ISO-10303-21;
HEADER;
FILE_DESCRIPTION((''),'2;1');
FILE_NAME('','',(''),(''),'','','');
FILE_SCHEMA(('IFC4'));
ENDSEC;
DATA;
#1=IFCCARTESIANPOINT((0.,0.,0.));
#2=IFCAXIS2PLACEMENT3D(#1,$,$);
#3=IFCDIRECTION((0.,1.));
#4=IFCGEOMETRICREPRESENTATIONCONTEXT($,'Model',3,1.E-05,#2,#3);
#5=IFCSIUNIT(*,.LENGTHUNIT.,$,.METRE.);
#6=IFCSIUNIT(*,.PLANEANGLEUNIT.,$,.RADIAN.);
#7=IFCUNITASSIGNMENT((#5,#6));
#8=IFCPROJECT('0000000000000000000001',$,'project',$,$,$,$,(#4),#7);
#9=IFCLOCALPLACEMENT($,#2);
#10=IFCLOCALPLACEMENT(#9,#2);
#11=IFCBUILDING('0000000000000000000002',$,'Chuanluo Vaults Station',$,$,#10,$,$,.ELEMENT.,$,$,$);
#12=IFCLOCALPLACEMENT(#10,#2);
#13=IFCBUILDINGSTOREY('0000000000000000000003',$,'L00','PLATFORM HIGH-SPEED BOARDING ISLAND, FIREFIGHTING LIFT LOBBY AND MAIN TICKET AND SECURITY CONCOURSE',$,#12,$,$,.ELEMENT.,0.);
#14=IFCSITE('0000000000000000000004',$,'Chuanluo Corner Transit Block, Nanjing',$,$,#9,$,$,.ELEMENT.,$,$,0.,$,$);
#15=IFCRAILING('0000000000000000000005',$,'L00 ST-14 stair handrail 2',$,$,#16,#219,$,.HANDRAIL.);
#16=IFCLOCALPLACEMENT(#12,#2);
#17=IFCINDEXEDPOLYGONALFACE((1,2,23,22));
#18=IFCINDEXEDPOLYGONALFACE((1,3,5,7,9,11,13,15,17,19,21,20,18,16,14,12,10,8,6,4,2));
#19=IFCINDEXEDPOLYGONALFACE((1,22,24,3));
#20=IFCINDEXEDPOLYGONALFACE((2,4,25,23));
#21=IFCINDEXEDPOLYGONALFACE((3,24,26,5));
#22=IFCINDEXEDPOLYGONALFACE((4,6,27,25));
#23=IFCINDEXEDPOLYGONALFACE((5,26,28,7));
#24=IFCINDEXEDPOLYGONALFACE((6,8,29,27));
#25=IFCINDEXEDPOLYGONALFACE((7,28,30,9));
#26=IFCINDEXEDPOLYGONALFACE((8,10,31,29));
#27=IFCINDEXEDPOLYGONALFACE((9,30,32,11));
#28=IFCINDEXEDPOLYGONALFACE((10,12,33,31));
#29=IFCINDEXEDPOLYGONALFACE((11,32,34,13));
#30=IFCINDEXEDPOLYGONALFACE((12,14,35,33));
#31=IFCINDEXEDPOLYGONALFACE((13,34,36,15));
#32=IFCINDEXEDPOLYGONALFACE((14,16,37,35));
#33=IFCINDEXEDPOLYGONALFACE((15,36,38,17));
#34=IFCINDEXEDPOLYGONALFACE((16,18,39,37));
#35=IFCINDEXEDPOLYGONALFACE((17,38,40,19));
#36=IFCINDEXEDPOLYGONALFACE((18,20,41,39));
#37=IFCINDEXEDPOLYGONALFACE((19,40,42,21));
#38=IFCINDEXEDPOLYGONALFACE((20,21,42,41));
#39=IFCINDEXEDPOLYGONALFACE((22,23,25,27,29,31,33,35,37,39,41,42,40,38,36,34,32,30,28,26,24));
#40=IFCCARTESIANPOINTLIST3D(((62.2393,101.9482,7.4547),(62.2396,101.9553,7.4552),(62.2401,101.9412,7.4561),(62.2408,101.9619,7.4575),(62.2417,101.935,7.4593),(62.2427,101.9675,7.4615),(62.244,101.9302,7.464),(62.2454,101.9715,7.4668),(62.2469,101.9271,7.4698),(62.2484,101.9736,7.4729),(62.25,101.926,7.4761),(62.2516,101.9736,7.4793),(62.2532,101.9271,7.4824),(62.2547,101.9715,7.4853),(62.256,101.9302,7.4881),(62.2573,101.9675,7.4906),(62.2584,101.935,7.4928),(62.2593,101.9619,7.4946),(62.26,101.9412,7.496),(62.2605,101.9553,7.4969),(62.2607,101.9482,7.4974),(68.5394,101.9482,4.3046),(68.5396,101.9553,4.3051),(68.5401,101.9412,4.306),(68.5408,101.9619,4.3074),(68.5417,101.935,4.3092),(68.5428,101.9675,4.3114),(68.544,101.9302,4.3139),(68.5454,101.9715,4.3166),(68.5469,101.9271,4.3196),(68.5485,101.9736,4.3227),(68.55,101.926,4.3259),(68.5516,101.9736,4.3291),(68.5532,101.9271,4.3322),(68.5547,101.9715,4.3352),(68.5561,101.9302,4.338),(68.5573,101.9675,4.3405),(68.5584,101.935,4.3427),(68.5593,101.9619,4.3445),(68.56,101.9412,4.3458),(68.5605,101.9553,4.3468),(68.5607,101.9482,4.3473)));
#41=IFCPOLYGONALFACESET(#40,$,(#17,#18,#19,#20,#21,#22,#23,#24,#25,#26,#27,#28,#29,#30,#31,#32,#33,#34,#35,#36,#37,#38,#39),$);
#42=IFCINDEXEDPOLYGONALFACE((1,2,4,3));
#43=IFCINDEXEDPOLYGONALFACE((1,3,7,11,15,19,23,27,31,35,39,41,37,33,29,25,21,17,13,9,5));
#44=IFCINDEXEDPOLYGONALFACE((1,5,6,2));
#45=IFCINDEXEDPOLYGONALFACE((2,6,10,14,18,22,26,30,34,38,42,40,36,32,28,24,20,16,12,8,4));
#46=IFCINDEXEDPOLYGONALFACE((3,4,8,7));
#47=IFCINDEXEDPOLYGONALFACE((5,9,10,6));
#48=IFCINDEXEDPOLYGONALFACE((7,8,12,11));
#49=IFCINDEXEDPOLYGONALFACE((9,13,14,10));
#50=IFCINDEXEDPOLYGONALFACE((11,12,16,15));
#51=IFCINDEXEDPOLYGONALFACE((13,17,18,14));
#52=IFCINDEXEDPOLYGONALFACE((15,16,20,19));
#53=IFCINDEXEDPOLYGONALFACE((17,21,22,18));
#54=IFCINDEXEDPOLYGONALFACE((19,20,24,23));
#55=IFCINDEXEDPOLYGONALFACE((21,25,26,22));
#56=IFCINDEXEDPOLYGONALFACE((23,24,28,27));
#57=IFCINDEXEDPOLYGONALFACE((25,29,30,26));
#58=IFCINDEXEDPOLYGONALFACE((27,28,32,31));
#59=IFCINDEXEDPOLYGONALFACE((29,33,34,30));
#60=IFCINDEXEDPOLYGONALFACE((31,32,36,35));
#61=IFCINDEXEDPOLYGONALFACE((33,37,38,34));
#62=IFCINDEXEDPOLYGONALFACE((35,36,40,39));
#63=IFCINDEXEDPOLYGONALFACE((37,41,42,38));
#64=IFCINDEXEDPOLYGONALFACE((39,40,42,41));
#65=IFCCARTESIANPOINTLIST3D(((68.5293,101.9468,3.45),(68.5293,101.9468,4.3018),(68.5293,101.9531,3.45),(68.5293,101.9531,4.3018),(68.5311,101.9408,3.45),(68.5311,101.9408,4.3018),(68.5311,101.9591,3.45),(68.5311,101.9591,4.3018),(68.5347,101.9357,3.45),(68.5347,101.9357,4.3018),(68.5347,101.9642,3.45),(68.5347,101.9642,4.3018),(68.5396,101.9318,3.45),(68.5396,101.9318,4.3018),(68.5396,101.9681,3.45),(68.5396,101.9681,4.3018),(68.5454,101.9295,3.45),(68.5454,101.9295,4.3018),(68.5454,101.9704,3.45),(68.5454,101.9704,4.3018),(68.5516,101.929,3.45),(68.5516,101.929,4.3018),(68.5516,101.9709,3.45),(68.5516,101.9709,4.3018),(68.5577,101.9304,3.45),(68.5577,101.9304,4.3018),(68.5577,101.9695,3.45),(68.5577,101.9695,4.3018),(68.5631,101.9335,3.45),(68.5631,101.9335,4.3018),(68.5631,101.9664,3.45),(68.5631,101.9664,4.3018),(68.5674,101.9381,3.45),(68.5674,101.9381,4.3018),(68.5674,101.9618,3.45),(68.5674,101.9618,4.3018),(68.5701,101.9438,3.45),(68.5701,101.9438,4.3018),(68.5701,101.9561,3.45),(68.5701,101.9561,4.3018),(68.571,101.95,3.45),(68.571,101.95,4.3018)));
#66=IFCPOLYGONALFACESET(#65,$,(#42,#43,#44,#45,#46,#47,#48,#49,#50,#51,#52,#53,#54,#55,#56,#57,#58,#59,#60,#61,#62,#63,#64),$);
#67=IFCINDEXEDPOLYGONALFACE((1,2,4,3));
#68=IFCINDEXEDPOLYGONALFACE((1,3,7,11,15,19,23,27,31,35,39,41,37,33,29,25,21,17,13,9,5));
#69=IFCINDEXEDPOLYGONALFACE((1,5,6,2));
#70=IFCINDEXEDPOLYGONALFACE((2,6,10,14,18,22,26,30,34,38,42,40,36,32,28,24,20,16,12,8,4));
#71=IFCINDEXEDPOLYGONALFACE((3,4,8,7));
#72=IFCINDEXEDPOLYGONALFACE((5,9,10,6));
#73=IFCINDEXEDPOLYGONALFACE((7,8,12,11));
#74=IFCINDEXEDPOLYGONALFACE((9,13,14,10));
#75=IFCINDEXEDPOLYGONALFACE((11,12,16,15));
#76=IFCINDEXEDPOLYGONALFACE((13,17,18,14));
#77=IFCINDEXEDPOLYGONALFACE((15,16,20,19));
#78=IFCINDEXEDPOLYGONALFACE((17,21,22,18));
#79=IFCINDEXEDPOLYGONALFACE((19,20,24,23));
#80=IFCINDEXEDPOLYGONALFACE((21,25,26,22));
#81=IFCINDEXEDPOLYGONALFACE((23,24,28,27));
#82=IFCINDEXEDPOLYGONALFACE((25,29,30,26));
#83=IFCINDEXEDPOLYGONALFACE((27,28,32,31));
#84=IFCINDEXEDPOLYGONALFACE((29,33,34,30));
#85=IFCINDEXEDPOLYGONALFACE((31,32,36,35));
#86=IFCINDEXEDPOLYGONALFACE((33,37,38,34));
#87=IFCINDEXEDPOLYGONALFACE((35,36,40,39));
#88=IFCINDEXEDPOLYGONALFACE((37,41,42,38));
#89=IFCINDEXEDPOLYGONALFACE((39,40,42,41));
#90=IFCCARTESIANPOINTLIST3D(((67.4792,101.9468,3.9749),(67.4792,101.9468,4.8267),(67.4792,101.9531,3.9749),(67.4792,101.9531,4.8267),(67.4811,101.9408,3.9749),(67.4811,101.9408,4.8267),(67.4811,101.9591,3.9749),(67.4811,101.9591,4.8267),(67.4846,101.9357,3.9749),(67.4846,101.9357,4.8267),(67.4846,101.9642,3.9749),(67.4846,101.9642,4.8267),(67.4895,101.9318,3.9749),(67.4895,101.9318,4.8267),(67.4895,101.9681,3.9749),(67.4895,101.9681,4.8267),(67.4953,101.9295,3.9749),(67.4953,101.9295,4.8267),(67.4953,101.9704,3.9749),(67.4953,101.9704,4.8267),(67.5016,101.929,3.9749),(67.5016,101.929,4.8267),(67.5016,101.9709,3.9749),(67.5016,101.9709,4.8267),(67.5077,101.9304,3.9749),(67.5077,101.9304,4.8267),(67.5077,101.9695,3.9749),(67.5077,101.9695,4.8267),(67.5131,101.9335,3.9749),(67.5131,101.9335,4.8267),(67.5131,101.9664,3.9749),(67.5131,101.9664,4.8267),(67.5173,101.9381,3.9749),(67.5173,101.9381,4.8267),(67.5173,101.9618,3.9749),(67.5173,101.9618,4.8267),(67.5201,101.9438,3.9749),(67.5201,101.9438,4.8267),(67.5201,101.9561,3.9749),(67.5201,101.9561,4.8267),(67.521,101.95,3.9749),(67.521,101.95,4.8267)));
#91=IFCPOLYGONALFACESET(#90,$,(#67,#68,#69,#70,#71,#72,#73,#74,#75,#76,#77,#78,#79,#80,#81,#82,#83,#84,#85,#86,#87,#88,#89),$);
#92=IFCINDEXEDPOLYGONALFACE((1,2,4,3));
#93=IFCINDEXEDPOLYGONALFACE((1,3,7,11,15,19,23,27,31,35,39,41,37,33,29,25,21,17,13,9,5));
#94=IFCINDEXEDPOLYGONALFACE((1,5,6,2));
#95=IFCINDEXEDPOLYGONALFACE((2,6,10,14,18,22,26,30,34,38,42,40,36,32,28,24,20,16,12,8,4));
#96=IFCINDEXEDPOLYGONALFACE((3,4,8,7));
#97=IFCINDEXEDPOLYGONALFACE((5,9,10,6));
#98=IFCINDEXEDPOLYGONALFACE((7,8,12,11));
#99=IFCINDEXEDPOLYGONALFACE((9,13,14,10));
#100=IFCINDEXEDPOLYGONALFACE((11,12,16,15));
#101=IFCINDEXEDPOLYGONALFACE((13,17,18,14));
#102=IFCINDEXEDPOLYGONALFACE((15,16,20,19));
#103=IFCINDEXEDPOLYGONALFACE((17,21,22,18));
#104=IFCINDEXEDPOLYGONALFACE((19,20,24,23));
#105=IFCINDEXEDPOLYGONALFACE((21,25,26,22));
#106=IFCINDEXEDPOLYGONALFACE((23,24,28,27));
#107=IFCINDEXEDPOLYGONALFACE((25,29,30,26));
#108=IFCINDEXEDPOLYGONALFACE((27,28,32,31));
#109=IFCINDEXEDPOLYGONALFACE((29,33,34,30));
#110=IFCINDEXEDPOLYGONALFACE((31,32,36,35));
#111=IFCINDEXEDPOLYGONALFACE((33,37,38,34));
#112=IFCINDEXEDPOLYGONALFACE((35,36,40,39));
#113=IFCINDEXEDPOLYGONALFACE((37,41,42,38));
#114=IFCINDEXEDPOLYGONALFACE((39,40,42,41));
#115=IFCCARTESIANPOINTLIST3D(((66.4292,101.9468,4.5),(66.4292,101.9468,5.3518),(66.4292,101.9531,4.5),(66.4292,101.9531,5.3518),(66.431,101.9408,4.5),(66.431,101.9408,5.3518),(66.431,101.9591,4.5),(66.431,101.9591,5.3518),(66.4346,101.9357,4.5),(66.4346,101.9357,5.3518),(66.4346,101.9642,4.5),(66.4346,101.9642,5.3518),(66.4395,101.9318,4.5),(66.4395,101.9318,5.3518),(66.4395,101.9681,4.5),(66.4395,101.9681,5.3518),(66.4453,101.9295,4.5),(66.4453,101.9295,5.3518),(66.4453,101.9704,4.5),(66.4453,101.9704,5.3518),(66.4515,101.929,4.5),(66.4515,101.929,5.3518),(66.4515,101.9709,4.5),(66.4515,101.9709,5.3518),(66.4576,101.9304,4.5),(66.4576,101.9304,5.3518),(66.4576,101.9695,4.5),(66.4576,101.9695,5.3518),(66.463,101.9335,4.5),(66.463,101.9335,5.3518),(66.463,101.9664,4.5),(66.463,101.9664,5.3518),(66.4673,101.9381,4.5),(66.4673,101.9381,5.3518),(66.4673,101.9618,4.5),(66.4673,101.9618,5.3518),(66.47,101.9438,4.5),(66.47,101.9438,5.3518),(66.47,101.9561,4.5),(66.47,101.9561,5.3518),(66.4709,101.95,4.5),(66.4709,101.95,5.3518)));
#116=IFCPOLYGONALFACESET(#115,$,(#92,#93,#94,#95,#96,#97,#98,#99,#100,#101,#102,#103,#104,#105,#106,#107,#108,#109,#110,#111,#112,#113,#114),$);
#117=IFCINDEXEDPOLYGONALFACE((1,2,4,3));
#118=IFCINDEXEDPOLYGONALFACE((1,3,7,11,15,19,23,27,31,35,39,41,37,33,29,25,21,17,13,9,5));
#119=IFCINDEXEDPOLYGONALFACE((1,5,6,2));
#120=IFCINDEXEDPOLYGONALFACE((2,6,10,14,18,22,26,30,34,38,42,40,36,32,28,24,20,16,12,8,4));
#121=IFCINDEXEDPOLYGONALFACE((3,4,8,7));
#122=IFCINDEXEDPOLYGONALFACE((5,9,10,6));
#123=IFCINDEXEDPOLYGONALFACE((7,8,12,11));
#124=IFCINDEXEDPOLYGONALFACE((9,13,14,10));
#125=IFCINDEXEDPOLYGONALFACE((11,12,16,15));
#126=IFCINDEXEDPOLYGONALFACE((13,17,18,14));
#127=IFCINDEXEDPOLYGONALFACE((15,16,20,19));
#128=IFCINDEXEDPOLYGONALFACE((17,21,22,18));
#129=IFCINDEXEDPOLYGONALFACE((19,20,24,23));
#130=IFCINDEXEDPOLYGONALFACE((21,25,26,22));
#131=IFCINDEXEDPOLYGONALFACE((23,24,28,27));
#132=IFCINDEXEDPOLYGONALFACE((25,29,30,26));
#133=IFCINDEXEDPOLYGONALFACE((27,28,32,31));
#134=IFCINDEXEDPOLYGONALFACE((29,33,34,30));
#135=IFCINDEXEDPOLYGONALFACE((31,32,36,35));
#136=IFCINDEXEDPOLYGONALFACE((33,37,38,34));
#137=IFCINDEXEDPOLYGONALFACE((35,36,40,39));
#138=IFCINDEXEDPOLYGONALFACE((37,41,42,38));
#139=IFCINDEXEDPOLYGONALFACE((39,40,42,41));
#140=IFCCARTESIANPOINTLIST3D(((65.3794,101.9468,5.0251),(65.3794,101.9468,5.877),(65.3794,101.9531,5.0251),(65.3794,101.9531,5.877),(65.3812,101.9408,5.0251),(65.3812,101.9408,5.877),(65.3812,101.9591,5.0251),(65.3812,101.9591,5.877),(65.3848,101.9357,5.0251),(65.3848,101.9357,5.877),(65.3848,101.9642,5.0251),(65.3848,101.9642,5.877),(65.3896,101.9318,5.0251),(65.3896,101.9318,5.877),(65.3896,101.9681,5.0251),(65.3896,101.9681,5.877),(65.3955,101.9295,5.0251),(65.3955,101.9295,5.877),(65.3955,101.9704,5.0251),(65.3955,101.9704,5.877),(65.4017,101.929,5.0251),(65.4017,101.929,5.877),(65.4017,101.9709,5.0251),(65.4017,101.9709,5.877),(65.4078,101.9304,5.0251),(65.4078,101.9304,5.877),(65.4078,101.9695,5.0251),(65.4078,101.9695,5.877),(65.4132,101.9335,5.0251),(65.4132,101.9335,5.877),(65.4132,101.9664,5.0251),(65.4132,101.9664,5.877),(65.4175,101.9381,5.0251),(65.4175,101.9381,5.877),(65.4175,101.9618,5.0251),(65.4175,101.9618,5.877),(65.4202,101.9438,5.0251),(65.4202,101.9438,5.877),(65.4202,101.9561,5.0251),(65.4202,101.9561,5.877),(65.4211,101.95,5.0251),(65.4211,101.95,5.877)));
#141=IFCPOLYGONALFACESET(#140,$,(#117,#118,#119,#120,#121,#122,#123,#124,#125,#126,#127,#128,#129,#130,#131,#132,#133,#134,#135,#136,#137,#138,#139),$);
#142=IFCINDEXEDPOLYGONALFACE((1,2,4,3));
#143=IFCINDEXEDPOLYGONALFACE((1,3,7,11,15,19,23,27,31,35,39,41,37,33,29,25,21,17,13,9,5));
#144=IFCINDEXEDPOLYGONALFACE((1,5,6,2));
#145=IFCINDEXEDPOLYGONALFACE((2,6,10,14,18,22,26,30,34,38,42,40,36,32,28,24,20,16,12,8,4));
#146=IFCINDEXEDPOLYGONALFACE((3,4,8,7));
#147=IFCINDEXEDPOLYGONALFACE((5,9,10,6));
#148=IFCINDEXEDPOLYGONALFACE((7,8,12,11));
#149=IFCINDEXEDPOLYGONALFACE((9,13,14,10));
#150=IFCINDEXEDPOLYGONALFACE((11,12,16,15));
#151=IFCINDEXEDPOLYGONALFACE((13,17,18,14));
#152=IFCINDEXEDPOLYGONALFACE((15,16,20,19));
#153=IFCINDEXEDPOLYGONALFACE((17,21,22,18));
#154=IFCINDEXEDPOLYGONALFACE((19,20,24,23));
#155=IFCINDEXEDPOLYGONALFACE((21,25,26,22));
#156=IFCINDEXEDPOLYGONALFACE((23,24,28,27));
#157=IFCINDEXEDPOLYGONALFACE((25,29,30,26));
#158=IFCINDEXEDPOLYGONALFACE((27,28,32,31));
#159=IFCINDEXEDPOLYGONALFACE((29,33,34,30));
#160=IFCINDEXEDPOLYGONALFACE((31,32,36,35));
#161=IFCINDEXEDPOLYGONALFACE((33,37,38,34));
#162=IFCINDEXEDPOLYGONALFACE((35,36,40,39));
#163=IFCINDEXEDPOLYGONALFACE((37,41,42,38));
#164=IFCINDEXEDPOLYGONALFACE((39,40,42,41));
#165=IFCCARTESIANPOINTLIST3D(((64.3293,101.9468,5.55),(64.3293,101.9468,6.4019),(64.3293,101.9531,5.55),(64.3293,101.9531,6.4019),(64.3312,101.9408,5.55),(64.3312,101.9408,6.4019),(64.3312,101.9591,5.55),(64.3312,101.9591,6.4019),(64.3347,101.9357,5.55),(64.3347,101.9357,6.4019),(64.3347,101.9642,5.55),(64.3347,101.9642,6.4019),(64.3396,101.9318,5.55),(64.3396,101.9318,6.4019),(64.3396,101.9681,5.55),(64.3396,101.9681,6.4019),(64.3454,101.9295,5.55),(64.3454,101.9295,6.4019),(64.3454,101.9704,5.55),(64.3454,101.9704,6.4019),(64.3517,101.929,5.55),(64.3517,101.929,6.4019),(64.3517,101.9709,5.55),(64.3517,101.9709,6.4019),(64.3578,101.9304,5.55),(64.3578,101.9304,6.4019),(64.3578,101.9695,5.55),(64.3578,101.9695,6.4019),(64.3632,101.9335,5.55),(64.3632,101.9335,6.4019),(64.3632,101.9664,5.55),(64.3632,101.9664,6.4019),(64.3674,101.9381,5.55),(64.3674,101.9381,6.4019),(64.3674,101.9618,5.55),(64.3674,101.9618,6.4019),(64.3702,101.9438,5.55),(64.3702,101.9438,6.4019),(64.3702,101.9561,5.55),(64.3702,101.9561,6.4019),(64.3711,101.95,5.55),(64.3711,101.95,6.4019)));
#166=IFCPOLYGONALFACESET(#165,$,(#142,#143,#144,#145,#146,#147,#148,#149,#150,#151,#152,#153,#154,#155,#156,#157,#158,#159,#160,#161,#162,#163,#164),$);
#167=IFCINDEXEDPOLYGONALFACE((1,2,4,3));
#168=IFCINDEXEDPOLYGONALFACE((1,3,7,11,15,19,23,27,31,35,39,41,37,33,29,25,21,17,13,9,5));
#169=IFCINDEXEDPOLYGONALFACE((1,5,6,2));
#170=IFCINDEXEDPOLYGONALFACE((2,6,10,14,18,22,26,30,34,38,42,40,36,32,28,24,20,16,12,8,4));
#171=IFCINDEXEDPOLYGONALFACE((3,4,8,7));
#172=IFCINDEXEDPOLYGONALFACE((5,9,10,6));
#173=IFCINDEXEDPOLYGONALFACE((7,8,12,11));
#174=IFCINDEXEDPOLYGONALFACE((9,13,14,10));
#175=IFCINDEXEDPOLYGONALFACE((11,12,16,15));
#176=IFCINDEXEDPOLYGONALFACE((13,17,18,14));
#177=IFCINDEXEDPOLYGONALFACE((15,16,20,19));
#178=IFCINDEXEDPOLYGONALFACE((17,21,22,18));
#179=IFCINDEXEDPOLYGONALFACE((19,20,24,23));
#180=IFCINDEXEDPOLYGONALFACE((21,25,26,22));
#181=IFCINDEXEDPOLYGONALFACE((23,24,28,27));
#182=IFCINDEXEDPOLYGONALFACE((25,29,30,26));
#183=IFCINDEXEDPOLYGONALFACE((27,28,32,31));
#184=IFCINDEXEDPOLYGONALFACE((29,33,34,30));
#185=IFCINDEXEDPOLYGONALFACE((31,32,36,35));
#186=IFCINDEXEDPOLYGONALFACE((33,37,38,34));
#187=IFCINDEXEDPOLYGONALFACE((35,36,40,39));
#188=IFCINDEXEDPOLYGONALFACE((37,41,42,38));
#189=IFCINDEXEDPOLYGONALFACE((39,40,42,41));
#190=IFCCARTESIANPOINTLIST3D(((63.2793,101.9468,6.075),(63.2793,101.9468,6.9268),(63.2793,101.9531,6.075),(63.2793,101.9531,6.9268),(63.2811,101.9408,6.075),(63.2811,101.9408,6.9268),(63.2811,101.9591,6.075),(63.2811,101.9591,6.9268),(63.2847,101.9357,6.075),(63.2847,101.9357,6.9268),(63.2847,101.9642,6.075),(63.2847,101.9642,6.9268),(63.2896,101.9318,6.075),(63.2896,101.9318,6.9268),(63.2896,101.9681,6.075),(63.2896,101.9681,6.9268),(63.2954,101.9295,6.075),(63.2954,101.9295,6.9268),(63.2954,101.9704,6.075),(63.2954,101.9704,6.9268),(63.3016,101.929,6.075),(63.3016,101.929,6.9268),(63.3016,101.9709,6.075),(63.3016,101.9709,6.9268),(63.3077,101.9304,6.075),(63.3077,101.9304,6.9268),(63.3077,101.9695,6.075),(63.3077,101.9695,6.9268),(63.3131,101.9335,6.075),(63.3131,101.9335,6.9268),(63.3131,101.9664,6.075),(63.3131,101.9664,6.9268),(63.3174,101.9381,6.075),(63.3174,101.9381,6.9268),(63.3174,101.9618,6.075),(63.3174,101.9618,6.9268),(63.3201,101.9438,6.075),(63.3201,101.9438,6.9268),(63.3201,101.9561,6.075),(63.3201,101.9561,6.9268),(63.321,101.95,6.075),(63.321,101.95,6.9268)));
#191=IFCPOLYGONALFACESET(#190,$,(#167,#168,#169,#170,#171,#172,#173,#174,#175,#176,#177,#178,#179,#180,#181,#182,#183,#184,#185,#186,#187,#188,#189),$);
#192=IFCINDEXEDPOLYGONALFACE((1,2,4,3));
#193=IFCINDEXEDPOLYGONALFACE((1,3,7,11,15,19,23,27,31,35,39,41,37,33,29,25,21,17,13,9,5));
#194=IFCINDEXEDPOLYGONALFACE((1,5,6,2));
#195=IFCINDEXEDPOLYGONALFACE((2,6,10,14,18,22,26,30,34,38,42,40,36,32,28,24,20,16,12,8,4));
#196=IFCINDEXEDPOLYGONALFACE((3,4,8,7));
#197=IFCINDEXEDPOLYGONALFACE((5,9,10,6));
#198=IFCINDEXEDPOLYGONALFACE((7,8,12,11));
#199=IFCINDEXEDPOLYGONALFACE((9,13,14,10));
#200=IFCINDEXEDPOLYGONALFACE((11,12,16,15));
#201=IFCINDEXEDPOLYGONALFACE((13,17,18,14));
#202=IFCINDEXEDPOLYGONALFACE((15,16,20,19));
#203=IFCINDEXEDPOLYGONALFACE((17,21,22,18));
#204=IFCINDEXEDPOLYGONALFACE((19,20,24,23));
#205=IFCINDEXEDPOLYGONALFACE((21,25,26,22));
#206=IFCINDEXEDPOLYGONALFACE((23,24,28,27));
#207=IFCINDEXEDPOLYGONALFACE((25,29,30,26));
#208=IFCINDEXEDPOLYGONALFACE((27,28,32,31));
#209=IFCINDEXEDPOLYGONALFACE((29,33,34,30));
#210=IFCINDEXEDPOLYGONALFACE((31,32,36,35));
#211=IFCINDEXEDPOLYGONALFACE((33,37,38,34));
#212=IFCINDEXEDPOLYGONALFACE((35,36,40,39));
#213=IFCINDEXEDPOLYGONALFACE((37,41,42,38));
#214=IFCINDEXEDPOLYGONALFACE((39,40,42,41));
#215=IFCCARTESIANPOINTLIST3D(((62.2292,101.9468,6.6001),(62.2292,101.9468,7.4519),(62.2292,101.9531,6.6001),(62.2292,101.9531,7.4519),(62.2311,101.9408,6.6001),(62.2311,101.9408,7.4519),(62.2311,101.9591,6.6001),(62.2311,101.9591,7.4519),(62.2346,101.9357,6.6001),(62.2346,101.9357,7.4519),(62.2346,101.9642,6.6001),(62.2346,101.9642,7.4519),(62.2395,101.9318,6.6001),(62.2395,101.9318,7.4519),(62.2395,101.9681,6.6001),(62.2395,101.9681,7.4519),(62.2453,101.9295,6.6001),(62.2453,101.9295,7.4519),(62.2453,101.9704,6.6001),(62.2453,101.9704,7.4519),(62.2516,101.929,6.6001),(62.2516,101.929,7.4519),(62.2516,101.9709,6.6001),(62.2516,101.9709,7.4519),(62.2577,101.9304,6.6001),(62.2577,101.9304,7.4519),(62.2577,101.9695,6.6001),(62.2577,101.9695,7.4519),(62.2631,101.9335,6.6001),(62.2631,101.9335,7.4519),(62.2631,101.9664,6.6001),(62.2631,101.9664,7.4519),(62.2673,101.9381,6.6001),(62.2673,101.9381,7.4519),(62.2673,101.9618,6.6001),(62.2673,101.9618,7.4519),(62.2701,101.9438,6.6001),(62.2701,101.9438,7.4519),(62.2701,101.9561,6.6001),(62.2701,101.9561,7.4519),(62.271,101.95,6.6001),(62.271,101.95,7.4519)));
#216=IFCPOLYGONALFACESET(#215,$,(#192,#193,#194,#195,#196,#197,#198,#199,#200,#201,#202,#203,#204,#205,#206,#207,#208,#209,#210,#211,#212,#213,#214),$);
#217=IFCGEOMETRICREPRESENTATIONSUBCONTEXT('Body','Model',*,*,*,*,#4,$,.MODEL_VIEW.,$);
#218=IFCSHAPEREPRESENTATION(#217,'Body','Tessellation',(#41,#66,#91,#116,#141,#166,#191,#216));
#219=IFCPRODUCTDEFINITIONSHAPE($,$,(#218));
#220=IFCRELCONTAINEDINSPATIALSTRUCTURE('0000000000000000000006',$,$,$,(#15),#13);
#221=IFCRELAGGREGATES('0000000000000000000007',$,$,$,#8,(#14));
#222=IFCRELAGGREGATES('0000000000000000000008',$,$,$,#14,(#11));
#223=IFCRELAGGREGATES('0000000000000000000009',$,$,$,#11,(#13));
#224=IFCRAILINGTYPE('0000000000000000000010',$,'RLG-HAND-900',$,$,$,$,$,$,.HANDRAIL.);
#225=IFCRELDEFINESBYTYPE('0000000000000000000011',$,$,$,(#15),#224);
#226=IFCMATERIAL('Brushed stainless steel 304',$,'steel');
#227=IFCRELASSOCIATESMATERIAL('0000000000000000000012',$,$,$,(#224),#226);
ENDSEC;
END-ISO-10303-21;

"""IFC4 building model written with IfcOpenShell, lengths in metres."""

from ifc_helpers import new_model, si_unit, direction, frame, origin, origin_2d, place, context, subcontext, project, spatial, circle, extrude, material, type_object, element, save


model = new_model("IFC4")

# Units and contexts
model_context = context("Model", 3, precision=1e-05, world=origin(), true_north=direction((0.0, 1.0)))
body_context = subcontext(model_context, "Body", "Model", "MODEL_VIEW")
ifc_project = project(units=[si_unit("LENGTHUNIT", "METRE"), si_unit("PLANEANGLEUNIT", "RADIAN")], contexts=[model_context])

# Site, building, storey
site_placement = place(None, origin())
site = spatial("IfcSite", under=ifc_project, at=site_placement, Name="Chuanluo Corner Transit Block, Nanjing", CompositionType="ELEMENT", RefElevation=0.0)
building_placement = place(site_placement, origin())
building = spatial("IfcBuilding", under=site, at=building_placement, Name="Chuanluo Vaults Station", CompositionType="ELEMENT")
storey_placement = place(building_placement, origin())
storey = spatial("IfcBuildingStorey", under=building, at=storey_placement, Name="L00", Description="PLATFORM HIGH-SPEED BOARDING ISLAND, FIREFIGHTING LIFT LOBBY AND MAIN TICKET AND SECURITY CONCOURSE", CompositionType="ELEMENT", Elevation=0.0)

# Railing
ifc_material_1 = material(Name="Brushed stainless steel 304", Category="steel")
railing_type_1 = type_object("IfcRailingType", Name="RLG-HAND-900", PredefinedType="HANDRAIL", material=ifc_material_1)
railing_1_placement = place(storey_placement, frame((68.55, 101.95, 3.45)))
element("IfcRailing", 1, at=railing_1_placement, inside=storey, type_object=railing_type_1, Name="L00 ST-14 stair handrail 2", PredefinedType="HANDRAIL", context=body_context, shape_type="SweptSolid", body=[
    extrude(circle(Radius=0.0239, at=origin_2d()), frame((0.0, 0.0, 0.876), z_axis=(-0.89442, 0.0, 0.447227), x_axis=(0.0, -1.0, 0.0)), (0.0, 0.0, 1.0), 7.0437),
    extrude(circle(Radius=0.021, at=origin_2d()), origin(), (0.0, 0.0, 1.0), 0.8518),
    extrude(circle(Radius=0.021, at=origin_2d()), frame((-1.05, 0.0, 0.5249)), (0.0, 0.0, 1.0), 0.8518),
    extrude(circle(Radius=0.021, at=origin_2d()), frame((-2.1001, 0.0, 1.05)), (0.0, 0.0, 1.0), 0.8518),
    extrude(circle(Radius=0.021, at=origin_2d()), frame((-3.1499, 0.0, 1.5752)), (0.0, 0.0, 1.0), 0.8518),
    extrude(circle(Radius=0.021, at=origin_2d()), frame((-4.2, 0.0, 2.1001)), (0.0, 0.0, 1.0), 0.8518),
    extrude(circle(Radius=0.021, at=origin_2d()), frame((-5.25, 0.0, 2.625)), (0.0, 0.0, 1.0), 0.8518),
    extrude(circle(Radius=0.021, at=origin_2d()), frame((-6.3, 0.0, 3.1501)), (0.0, 0.0, 1.0), 0.8518),
])

save(model, "model.ifc")
